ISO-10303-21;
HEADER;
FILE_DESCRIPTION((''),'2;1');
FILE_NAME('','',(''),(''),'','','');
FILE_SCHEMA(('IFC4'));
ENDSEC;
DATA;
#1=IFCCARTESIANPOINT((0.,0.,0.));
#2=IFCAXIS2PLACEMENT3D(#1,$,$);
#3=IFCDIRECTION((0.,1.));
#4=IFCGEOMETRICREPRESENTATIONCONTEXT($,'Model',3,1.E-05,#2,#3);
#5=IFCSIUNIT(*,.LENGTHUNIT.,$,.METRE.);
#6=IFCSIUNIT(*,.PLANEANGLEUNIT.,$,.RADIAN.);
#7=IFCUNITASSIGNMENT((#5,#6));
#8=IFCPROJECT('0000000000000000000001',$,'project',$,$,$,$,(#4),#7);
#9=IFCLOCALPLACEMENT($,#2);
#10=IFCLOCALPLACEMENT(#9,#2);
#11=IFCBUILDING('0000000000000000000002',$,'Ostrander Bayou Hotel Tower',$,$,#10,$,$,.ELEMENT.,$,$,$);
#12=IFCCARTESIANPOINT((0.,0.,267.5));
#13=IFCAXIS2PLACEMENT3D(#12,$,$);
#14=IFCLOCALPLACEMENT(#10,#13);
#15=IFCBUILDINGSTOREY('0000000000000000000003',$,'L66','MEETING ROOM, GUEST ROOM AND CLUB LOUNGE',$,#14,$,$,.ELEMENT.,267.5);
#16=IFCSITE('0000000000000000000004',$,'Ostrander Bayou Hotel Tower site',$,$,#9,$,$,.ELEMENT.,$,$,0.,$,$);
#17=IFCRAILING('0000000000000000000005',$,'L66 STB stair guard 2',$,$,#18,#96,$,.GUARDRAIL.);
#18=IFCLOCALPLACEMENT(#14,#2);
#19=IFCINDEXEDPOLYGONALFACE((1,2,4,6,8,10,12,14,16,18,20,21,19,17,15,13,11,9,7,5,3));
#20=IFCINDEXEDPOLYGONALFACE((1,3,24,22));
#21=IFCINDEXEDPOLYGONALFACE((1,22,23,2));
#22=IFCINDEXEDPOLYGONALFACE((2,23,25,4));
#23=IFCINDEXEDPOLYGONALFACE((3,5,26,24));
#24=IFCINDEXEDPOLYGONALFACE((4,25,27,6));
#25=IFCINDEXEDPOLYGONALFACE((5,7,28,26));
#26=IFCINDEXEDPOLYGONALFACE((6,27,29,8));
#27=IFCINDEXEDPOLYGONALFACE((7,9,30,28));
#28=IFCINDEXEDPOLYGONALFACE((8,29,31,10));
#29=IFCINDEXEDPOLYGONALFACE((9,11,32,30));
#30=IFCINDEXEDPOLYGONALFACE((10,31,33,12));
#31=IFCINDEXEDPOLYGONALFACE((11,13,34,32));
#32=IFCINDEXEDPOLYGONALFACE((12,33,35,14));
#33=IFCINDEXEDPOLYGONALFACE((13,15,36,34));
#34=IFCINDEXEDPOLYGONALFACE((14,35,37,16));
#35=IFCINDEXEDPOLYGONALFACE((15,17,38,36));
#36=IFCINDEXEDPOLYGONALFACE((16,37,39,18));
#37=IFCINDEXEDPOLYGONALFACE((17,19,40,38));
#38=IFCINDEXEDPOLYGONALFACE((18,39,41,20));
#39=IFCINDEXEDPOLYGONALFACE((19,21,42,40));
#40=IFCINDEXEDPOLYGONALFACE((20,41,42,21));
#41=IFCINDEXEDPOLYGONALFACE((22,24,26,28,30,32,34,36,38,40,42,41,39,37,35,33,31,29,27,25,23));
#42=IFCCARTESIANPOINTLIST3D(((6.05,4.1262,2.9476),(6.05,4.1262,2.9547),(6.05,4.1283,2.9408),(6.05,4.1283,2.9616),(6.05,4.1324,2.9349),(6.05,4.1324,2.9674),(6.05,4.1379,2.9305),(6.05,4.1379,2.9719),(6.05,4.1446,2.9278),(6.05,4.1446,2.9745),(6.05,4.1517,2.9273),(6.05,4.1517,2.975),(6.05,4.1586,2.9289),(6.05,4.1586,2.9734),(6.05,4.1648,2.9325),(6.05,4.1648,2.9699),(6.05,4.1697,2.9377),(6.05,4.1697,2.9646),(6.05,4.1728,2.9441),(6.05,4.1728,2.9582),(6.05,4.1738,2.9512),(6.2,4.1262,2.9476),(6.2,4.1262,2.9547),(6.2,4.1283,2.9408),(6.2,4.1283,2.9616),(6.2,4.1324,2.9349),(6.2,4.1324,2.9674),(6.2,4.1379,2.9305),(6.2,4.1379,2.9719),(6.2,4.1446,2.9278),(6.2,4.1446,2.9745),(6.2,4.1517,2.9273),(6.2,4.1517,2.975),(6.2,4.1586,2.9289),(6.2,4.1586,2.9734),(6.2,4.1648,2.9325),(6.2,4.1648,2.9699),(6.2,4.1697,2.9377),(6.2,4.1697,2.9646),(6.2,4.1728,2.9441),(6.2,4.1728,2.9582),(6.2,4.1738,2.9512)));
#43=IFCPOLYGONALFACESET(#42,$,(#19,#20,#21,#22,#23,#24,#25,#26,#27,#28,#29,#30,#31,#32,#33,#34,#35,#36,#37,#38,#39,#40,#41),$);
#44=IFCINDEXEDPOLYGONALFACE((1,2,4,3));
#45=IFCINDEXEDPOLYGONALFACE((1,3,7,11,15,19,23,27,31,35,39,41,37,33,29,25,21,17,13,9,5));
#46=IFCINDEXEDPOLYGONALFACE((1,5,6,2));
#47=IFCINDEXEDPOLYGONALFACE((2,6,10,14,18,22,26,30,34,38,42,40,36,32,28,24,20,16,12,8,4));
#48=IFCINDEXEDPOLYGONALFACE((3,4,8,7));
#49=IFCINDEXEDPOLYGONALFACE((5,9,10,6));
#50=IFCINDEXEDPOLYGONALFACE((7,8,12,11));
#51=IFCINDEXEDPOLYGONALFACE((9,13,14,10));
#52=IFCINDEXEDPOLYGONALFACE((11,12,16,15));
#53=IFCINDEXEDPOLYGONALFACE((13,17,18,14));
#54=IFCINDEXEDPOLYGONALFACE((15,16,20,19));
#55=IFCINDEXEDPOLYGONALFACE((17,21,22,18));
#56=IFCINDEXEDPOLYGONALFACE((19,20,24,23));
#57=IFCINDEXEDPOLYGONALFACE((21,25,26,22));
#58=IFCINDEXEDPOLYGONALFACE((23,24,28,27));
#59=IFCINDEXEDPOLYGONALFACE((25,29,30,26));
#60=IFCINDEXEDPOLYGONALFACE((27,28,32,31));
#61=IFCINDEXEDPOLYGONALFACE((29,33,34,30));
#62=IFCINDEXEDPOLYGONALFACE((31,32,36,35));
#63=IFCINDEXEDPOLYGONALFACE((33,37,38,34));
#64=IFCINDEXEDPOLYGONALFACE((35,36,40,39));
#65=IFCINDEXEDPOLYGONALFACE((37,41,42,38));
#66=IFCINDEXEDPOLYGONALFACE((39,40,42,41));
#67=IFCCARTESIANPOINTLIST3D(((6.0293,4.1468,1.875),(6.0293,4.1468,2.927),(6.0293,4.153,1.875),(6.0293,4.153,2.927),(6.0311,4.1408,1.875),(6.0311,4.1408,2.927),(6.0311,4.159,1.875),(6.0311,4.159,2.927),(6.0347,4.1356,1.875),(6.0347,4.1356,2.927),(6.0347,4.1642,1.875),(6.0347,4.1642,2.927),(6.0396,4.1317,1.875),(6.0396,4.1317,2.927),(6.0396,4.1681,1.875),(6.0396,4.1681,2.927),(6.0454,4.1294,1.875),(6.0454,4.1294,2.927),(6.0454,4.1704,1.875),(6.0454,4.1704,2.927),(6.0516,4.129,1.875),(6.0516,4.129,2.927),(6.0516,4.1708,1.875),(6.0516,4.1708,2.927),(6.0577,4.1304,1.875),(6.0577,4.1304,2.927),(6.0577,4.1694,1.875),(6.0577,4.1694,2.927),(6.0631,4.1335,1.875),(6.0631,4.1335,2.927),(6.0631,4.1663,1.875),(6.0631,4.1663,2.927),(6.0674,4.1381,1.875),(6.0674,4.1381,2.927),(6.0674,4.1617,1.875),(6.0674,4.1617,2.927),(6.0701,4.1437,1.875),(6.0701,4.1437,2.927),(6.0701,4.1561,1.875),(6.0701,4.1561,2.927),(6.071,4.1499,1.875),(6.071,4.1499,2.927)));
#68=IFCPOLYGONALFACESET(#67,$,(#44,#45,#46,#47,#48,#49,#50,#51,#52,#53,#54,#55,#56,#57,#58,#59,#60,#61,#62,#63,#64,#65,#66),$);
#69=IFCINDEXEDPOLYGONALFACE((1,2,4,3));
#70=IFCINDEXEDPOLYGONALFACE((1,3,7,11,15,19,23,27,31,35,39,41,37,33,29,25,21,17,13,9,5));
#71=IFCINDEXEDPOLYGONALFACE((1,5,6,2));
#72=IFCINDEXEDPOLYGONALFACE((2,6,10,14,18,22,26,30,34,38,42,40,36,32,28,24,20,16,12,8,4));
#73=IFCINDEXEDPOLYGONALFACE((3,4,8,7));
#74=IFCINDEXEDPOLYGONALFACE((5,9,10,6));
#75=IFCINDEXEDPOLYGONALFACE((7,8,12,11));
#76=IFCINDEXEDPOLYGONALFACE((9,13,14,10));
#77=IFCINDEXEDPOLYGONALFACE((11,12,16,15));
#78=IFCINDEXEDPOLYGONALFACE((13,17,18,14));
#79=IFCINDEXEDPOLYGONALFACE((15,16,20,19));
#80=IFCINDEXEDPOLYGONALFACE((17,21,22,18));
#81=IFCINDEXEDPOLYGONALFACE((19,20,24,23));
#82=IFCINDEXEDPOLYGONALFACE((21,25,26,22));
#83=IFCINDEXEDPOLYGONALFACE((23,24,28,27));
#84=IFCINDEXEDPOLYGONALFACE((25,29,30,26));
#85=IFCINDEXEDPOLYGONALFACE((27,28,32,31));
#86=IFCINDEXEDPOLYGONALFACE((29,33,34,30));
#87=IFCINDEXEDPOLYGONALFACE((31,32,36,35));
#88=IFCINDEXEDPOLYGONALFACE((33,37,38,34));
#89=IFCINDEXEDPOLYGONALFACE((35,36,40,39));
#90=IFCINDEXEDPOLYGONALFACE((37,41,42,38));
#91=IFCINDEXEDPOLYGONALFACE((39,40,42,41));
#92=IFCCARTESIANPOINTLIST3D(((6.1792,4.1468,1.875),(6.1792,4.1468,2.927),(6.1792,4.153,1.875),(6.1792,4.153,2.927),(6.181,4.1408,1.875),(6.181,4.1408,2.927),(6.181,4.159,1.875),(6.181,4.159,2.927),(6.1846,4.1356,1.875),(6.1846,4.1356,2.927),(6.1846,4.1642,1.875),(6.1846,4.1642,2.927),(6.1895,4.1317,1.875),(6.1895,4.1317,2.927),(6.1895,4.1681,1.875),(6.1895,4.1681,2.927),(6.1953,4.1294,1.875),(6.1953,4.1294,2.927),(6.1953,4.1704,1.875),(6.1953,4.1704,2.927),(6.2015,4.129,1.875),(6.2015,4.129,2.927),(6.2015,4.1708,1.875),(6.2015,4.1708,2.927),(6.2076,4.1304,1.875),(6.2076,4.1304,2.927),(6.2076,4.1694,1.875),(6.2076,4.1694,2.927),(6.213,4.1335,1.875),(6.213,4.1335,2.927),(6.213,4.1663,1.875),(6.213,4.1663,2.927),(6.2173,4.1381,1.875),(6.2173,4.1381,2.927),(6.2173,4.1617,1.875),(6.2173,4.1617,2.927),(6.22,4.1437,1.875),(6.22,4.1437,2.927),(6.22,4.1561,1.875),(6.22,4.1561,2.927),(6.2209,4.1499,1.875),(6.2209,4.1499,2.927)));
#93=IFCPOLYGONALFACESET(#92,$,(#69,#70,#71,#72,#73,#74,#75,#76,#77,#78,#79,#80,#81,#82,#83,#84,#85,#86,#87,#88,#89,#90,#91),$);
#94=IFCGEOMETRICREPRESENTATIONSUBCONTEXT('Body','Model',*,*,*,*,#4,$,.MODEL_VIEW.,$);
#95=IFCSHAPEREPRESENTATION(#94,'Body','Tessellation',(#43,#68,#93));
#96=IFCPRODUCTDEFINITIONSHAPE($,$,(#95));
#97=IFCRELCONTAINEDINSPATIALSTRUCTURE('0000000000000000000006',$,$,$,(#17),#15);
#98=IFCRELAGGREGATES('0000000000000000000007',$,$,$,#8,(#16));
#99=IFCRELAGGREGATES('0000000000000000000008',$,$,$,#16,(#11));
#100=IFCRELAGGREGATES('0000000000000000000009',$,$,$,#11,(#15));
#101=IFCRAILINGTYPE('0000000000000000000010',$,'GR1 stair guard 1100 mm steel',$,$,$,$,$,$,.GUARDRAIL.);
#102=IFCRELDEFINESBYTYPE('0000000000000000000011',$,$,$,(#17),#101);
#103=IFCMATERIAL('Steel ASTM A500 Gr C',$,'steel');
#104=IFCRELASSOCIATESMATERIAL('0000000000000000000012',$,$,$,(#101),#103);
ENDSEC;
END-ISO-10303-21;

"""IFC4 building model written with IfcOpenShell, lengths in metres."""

from ifc_helpers import new_model, si_unit, direction, frame, origin, origin_2d, place, context, subcontext, project, spatial, circle, extrude, material, type_object, element, save


model = new_model("IFC4")

# Units and contexts
model_context = context("Model", 3, precision=1e-05, world=origin(), true_north=direction((0.0, 1.0)))
body_context = subcontext(model_context, "Body", "Model", "MODEL_VIEW")
ifc_project = project(units=[si_unit("LENGTHUNIT", "METRE"), si_unit("PLANEANGLEUNIT", "RADIAN")], contexts=[model_context])

# Site, building, storey
site_placement = place(None, origin())
site = spatial("IfcSite", under=ifc_project, at=site_placement, Name="Ostrander Bayou Hotel Tower site", CompositionType="ELEMENT", RefElevation=0.0)
building_placement = place(site_placement, origin())
building = spatial("IfcBuilding", under=site, at=building_placement, Name="Ostrander Bayou Hotel Tower", CompositionType="ELEMENT")
storey_placement = place(building_placement, frame((0.0, 0.0, 267.5)))
storey = spatial("IfcBuildingStorey", under=building, at=storey_placement, Name="L66", Description="MEETING ROOM, GUEST ROOM AND CLUB LOUNGE", CompositionType="ELEMENT", Elevation=267.5)

# Railing
ifc_material_1 = material(Name="Steel ASTM A500 Gr C", Category="steel")
railing_type_1 = type_object("IfcRailingType", Name="GR1 stair guard 1100 mm steel", PredefinedType="GUARDRAIL", material=ifc_material_1)
railing_1_placement = place(storey_placement, frame((6.05, 4.1499, 1.875)))
element("IfcRailing", 1, at=railing_1_placement, inside=storey, type_object=railing_type_1, Name="L66 STB stair guard 2", PredefinedType="GUARDRAIL", context=body_context, shape_type="SweptSolid", body=[
    extrude(circle(Radius=0.0239, at=origin_2d()), frame((0.0, 0.0, 1.0762), z_axis=(1.0, 0.0, 0.0), x_axis=(0.0, 1.0, 0.0)), (0.0, 0.0, 1.0), 0.1499),
    extrude(circle(Radius=0.021, at=origin_2d()), origin(), (0.0, 0.0, 1.0), 1.052),
    extrude(circle(Radius=0.021, at=origin_2d()), frame((0.1499, 0.0, 0.0)), (0.0, 0.0, 1.0), 1.052),
])

save(model, "model.ifc")
